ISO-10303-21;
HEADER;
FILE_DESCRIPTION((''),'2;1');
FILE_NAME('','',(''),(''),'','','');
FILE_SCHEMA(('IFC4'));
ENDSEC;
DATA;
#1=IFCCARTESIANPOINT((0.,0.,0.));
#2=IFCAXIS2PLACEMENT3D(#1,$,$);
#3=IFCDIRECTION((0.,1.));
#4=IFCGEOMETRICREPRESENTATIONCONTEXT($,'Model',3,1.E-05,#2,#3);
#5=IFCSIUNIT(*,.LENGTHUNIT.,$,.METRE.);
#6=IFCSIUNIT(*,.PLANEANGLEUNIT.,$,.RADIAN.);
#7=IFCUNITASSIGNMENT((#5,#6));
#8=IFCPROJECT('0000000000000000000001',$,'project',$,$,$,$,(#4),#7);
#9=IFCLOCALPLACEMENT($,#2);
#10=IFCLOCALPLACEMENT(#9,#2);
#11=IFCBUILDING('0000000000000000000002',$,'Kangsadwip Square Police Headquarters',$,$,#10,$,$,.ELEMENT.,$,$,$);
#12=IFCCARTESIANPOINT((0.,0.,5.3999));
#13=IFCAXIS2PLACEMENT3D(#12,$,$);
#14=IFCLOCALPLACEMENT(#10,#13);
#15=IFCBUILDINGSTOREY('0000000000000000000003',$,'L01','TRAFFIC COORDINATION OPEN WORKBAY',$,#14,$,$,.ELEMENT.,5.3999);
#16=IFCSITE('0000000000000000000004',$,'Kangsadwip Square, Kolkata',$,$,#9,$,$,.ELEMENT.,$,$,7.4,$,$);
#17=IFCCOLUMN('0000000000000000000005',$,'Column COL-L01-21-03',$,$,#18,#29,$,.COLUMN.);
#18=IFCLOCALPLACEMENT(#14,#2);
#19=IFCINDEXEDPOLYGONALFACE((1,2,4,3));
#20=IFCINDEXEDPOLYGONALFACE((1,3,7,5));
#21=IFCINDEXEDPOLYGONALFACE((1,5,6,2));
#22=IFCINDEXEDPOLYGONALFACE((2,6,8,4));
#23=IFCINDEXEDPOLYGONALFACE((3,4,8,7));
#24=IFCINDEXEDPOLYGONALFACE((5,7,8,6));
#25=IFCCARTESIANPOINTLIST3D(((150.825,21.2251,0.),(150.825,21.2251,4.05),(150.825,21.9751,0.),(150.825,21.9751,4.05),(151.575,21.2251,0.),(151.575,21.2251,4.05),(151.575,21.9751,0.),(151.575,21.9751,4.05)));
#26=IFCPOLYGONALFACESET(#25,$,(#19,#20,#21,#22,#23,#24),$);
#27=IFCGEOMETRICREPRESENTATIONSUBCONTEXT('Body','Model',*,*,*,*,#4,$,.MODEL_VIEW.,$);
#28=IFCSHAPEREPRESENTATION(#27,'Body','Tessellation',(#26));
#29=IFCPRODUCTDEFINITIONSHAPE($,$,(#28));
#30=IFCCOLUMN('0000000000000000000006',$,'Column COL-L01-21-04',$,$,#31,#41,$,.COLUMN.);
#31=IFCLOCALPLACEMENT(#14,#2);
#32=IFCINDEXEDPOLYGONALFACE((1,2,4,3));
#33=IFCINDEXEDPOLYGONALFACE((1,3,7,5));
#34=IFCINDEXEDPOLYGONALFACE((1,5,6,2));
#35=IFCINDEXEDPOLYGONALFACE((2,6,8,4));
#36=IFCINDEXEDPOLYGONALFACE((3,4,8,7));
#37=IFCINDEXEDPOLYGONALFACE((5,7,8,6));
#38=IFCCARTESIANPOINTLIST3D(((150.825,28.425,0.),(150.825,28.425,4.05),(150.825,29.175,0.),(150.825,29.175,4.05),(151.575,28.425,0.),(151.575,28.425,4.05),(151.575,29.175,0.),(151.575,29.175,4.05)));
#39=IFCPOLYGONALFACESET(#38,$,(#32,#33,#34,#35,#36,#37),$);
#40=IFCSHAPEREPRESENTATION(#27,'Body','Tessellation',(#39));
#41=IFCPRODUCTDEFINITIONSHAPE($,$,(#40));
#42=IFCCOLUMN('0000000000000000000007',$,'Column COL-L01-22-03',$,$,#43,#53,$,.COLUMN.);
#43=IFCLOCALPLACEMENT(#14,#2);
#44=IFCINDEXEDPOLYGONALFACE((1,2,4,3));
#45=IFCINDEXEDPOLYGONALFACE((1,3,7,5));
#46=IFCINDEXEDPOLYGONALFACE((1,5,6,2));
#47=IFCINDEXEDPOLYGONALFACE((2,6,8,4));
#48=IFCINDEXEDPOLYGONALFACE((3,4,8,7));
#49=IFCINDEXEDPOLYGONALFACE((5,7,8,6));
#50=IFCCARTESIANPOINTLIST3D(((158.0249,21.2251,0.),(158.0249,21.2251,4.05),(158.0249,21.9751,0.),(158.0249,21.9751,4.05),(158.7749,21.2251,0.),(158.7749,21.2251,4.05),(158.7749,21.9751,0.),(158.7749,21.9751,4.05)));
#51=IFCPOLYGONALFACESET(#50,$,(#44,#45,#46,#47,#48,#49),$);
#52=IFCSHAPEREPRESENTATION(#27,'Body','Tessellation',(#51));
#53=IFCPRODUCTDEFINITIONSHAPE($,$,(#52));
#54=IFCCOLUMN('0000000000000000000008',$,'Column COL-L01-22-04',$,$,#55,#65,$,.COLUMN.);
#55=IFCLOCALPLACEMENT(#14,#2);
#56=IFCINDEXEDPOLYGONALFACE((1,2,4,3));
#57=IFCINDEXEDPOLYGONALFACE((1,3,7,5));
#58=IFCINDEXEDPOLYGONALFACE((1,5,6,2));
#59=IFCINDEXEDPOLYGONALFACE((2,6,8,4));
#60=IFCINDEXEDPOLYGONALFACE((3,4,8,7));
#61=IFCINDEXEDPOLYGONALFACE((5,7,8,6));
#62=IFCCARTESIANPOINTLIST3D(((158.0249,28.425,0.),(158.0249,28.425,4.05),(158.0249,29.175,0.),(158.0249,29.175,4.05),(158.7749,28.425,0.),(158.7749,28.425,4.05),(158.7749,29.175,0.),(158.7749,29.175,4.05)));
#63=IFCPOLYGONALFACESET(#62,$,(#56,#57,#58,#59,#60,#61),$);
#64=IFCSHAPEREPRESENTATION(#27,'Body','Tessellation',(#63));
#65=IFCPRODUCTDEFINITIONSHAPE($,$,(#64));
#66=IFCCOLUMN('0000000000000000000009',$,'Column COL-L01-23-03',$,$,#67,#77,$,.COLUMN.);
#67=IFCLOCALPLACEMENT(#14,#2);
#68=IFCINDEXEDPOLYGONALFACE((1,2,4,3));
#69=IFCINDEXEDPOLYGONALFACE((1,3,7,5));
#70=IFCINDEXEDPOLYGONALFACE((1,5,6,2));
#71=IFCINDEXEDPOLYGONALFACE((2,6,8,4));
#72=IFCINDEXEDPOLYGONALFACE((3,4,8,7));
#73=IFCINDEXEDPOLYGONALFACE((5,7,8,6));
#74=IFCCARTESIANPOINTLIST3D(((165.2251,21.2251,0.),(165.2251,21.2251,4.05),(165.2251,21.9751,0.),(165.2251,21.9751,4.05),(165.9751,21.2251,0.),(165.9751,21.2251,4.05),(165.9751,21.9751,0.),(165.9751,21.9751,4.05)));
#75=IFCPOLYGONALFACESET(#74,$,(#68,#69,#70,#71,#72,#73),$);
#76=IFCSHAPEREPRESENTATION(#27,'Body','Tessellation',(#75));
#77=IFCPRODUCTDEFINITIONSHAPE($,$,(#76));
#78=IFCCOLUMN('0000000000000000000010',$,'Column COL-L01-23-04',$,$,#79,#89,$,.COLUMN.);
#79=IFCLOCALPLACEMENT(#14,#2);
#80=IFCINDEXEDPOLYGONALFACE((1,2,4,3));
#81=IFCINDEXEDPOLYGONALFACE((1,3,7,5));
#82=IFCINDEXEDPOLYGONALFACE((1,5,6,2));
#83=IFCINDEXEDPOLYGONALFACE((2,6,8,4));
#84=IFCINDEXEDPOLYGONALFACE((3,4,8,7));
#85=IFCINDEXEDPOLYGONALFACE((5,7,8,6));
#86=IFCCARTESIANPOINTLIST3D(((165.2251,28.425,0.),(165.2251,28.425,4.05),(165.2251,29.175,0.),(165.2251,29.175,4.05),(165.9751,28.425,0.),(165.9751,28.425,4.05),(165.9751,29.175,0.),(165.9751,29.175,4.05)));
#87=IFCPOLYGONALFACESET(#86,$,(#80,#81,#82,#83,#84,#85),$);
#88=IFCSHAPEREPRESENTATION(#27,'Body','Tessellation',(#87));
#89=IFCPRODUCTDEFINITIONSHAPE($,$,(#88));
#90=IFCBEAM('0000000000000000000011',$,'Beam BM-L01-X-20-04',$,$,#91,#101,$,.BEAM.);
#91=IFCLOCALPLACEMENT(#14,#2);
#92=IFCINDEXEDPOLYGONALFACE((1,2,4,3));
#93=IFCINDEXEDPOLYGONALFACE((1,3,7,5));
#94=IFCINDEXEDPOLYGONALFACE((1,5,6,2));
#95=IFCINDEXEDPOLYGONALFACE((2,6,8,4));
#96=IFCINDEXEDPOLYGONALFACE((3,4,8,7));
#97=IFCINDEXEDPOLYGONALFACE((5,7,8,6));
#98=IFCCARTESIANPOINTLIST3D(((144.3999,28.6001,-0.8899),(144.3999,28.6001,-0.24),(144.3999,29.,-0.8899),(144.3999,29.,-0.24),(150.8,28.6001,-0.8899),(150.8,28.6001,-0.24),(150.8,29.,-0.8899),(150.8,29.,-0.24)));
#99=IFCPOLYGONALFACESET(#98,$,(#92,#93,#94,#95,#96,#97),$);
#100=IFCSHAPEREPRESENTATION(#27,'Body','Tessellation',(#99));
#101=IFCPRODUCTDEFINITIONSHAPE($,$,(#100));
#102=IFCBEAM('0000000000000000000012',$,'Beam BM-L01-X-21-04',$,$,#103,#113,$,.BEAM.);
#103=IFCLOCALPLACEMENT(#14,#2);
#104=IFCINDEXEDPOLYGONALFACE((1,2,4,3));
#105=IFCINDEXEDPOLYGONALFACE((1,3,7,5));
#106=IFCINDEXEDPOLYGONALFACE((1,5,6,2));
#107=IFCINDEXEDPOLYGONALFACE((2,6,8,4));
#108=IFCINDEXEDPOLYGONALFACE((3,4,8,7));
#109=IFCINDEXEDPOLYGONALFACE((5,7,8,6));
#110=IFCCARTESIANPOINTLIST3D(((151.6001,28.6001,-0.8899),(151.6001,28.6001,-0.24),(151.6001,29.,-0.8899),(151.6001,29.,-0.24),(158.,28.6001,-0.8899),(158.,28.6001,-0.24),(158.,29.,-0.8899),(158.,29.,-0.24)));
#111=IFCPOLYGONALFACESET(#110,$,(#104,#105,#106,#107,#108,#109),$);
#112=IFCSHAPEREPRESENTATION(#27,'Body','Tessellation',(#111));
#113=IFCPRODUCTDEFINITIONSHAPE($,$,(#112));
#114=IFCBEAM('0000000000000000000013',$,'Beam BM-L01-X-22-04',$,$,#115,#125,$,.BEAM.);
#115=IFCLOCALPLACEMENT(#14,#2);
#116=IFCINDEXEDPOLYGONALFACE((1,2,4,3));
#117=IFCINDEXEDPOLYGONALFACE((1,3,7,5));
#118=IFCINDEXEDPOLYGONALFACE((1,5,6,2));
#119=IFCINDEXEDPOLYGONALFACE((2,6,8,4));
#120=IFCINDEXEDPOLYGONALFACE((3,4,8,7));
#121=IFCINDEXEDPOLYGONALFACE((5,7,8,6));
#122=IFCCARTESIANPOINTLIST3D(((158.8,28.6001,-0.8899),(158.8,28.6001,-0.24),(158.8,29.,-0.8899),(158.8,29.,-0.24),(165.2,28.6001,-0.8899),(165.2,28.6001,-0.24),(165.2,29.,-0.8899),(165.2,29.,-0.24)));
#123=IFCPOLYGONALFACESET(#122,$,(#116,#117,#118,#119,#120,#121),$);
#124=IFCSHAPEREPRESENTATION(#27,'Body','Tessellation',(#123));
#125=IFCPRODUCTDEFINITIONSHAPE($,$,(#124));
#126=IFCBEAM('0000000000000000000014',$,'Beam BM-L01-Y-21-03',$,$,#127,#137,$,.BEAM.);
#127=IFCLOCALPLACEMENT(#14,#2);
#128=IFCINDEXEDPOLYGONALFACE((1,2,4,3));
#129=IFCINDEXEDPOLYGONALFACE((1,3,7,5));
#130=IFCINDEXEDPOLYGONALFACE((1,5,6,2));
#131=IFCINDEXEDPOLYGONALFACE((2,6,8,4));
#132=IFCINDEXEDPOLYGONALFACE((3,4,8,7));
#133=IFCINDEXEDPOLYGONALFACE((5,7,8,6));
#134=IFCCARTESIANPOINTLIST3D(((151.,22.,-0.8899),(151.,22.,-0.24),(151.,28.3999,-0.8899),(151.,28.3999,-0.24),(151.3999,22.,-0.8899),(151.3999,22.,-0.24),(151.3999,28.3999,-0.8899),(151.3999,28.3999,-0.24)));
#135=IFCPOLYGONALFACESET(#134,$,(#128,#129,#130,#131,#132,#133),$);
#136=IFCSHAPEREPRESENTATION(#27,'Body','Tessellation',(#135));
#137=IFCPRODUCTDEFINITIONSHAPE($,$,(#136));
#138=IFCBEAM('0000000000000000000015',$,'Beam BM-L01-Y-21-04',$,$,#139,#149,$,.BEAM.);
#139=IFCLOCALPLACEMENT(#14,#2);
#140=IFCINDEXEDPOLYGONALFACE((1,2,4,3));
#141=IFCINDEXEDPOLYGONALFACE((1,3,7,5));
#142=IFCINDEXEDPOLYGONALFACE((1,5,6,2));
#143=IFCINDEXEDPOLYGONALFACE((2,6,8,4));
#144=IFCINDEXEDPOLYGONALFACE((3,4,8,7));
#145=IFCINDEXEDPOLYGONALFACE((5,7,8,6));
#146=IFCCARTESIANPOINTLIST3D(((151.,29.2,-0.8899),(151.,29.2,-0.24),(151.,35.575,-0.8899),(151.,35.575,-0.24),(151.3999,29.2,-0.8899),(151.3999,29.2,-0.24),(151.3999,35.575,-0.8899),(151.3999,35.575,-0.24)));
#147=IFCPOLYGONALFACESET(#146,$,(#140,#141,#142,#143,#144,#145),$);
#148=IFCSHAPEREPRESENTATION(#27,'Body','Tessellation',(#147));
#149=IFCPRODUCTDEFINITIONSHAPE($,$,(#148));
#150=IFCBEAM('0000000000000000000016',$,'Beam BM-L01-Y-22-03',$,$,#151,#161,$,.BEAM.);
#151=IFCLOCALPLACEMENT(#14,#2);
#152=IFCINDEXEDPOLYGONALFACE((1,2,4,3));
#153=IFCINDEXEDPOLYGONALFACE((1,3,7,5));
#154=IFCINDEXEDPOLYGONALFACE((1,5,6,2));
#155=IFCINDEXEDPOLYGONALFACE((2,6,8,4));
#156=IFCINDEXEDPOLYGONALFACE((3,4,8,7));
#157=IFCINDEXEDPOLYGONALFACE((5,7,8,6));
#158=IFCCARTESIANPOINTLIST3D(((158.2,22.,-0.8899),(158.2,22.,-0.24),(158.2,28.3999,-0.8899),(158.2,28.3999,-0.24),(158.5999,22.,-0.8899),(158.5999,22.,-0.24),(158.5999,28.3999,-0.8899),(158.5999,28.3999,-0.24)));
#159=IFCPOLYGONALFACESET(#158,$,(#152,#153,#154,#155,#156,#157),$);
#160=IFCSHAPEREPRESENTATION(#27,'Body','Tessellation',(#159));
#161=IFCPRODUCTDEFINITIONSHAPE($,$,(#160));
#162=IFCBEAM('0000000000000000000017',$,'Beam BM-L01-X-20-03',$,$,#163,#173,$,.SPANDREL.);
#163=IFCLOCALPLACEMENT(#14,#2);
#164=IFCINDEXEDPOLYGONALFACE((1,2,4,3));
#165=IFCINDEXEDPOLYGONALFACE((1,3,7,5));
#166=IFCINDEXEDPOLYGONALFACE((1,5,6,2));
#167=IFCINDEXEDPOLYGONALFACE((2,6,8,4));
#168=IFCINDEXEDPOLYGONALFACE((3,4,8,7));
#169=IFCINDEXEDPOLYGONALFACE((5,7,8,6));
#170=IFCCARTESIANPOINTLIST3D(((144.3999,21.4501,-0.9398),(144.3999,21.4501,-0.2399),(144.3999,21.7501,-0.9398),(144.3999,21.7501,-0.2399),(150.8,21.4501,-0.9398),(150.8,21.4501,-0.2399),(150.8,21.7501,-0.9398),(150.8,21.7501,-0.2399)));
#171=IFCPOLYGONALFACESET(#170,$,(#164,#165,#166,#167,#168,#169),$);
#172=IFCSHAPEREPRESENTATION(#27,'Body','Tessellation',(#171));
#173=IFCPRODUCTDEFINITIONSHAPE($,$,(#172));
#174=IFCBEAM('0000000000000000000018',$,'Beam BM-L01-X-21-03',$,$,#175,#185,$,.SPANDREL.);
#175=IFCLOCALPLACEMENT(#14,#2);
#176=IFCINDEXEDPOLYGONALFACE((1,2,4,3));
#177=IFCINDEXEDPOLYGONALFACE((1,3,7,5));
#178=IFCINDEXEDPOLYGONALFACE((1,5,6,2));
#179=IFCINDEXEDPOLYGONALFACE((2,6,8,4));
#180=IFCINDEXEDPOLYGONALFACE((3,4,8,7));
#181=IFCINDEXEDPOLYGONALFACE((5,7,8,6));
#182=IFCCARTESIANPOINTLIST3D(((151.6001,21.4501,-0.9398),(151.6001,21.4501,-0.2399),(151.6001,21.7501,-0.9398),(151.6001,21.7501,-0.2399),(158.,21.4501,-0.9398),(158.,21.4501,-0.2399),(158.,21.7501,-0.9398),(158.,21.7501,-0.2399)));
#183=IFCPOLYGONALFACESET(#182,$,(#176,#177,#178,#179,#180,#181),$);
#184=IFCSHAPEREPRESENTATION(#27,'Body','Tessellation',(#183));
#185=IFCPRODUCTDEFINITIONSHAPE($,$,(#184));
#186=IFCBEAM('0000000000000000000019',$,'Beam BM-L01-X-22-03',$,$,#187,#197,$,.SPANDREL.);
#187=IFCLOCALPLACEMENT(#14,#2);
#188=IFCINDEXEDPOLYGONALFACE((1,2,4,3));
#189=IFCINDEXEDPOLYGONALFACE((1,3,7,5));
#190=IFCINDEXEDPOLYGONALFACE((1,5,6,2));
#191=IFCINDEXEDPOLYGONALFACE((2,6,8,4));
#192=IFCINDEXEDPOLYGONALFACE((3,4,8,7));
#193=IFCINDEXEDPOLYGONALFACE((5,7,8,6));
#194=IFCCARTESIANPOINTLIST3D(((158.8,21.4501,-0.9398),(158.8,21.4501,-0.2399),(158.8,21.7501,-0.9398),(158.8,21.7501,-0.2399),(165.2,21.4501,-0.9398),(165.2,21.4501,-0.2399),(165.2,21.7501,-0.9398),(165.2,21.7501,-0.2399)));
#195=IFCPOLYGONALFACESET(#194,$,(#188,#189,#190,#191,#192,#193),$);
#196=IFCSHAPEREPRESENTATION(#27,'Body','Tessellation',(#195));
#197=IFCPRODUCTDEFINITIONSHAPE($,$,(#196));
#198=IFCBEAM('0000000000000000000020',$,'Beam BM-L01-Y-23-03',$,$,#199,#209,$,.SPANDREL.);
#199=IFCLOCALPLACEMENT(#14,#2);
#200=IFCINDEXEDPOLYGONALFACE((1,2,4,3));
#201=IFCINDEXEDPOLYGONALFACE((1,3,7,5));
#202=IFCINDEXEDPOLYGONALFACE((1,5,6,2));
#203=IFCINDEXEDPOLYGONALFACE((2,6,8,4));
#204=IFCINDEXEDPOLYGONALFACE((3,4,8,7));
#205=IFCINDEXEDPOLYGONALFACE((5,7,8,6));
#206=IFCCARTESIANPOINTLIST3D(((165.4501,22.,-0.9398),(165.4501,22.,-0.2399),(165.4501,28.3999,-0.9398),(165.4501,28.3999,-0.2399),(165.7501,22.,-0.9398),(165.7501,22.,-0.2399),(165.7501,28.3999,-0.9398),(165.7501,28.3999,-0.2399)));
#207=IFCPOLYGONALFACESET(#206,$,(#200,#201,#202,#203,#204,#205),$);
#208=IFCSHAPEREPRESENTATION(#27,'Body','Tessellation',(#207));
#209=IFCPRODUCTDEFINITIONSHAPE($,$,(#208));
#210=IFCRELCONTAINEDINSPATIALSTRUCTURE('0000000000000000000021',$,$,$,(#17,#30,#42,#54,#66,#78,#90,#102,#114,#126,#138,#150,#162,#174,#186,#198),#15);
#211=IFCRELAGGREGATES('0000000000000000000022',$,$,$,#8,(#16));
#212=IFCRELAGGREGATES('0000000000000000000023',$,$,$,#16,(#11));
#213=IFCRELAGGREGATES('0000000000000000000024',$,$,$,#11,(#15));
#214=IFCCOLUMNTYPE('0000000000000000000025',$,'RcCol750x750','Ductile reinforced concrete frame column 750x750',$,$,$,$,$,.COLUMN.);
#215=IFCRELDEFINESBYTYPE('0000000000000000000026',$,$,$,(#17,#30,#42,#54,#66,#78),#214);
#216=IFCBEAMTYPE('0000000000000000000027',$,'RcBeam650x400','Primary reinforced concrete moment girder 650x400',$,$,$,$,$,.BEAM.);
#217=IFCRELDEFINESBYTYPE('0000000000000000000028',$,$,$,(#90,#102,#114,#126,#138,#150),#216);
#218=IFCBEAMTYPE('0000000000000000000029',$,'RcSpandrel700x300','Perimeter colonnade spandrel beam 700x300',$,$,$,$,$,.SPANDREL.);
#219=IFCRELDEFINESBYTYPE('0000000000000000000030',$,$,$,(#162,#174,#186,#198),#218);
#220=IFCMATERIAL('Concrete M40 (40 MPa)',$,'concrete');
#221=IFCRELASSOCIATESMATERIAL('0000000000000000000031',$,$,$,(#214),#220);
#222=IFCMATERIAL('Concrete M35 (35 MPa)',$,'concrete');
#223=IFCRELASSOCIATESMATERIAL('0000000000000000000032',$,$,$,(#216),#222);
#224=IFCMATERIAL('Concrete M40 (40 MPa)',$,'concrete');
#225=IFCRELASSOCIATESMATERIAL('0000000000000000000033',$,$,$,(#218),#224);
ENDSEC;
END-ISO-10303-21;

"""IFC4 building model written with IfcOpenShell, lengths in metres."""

from ifc_helpers import new_model, si_unit, direction, frame, origin, origin_2d, place, context, subcontext, project, spatial, rectangle, extrude, material, material_profile, profile_set, type_object, element, save


model = new_model("IFC4")

# Units and contexts
model_context = context("Model", 3, precision=1e-05, world=origin(), true_north=direction((0.0, 1.0)))
body_context = subcontext(model_context, "Body", "Model", "MODEL_VIEW")
ifc_project = project(units=[si_unit("LENGTHUNIT", "METRE"), si_unit("PLANEANGLEUNIT", "RADIAN")], contexts=[model_context])

# Site, building, storey
site_placement = place(None, origin())
site = spatial("IfcSite", under=ifc_project, at=site_placement, Name="Kangsadwip Square, Kolkata", CompositionType="ELEMENT", RefElevation=7.4)
building_placement = place(site_placement, origin())
building = spatial("IfcBuilding", under=site, at=building_placement, Name="Kangsadwip Square Police Headquarters", CompositionType="ELEMENT")
storey_placement = place(building_placement, frame((0.0, 0.0, 5.3999)))
storey = spatial("IfcBuildingStorey", under=building, at=storey_placement, Name="L01", Description="TRAFFIC COORDINATION OPEN WORKBAY", CompositionType="ELEMENT", Elevation=5.3999)

# Columns
ifc_material_1 = material(Name="Concrete M40 (40 MPa)", Category="concrete")
ifc_material_profile_1 = material_profile(ifc_material_1, rectangle(XDim=0.75, YDim=0.75, at=origin_2d()), Name="RC COL 750X750")
ifc_profile_set_1 = profile_set([ifc_material_profile_1], Name="Concrete M40 (40 MPa)")
column_type = type_object("IfcColumnType", Name="RcCol750x750", Description="Ductile reinforced concrete frame column 750x750", PredefinedType="COLUMN", material=ifc_profile_set_1)
for number, where, z_axis, x_axis, name in (
    (1, (151.2, 21.6001, 0.0), (0.0, 0.0, 1.0), (1.0, 0.0, 0.0), "Column COL-L01-21-03"),
    (2, (151.2, 28.8, 0.0), (0.0, 0.0, 1.0), (1.0, 0.0, 0.0), "Column COL-L01-21-04"),
    (3, (158.3999, 21.6001, 0.0), (0.0, 0.0, 1.0), (1.0, 0.0, 0.0), "Column COL-L01-22-03"),
    (4, (158.3999, 28.8, 0.0), (0.0, 0.0, 1.0), (1.0, 0.0, 0.0), "Column COL-L01-22-04"),
    (5, (165.6001, 21.6001, 0.0), (0.0, 0.0, 1.0), (1.0, 0.0, 0.0), "Column COL-L01-23-03"),
    (6, (165.6001, 28.8, 0.0), (0.0, 0.0, 1.0), (1.0, 0.0, 0.0), "Column COL-L01-23-04"),
):
    element("IfcColumn", number, at=place(storey_placement, frame(where, z_axis=z_axis, x_axis=x_axis)), inside=storey, type_object=column_type, Name=name, PredefinedType="COLUMN", context=body_context, shape_type="SweptSolid", body=[
        extrude(rectangle(XDim=0.75, YDim=0.75, at=origin_2d()), origin(), (0.0, 0.0, 1.0), 4.05),
    ])

# Beams
ifc_material_2 = material(Name="Concrete M35 (35 MPa)", Category="concrete")
ifc_material_profile_2 = material_profile(ifc_material_2, rectangle(XDim=0.3999, YDim=0.6499, at=origin_2d()), Name="RC BM 650X400")
ifc_profile_set_2 = profile_set([ifc_material_profile_2], Name="Concrete M35 (35 MPa)")
beam_type_1 = type_object("IfcBeamType", Name="RcBeam650x400", Description="Primary reinforced concrete moment girder 650x400", PredefinedType="BEAM", material=ifc_profile_set_2)
beam_1_placement = place(storey_placement, frame((144.3999, 28.8, -0.5649), z_axis=(1.0, 0.0, 0.0), x_axis=(0.0, 1.0, 0.0)))
element("IfcBeam", 7, at=beam_1_placement, inside=storey, type_object=beam_type_1, Name="Beam BM-L01-X-20-04", PredefinedType="BEAM", context=body_context, shape_type="SweptSolid", body=[
    extrude(rectangle(XDim=0.3999, YDim=0.6499, at=origin_2d()), origin(), (0.0, 0.0, 1.0), 6.4001),
])
for number, where, z_axis, x_axis, name in (
    (8, (151.6001, 28.8, -0.5649), (1.0, 0.0, 0.0), (0.0, 1.0, 0.0), "Beam BM-L01-X-21-04"),
    (9, (158.8, 28.8, -0.5649), (1.0, 0.0, 0.0), (0.0, 1.0, 0.0), "Beam BM-L01-X-22-04"),
    (10, (151.2, 22.0, -0.5649), (0.0, 1.0, 0.0), (-1.0, 0.0, 0.0), "Beam BM-L01-Y-21-03"),
):
    element("IfcBeam", number, at=place(storey_placement, frame(where, z_axis=z_axis, x_axis=x_axis)), inside=storey, type_object=beam_type_1, Name=name, PredefinedType="BEAM", context=body_context, shape_type="SweptSolid", body=[
        extrude(rectangle(XDim=0.3999, YDim=0.6499, at=origin_2d()), origin(), (0.0, 0.0, 1.0), 6.3999),
    ])
beam_2_placement = place(storey_placement, frame((151.2, 29.2, -0.5649), z_axis=(0.0, 1.0, 0.0), x_axis=(-1.0, 0.0, 0.0)))
element("IfcBeam", 11, at=beam_2_placement, inside=storey, type_object=beam_type_1, Name="Beam BM-L01-Y-21-04", PredefinedType="BEAM", context=body_context, shape_type="SweptSolid", body=[
    extrude(rectangle(XDim=0.3999, YDim=0.6499, at=origin_2d()), origin(), (0.0, 0.0, 1.0), 6.375),
])
beam_3_placement = place(storey_placement, frame((158.3999, 22.0, -0.5649), z_axis=(0.0, 1.0, 0.0), x_axis=(-1.0, 0.0, 0.0)))
element("IfcBeam", 12, at=beam_3_placement, inside=storey, type_object=beam_type_1, Name="Beam BM-L01-Y-22-03", PredefinedType="BEAM", context=body_context, shape_type="SweptSolid", body=[
    extrude(rectangle(XDim=0.3999, YDim=0.6499, at=origin_2d()), origin(), (0.0, 0.0, 1.0), 6.3999),
])
ifc_material_3 = material(Name="Concrete M40 (40 MPa)", Category="concrete")
ifc_material_profile_3 = material_profile(ifc_material_3, rectangle(XDim=0.3, YDim=0.7, at=origin_2d()), Name="RC SPN 700X300")
ifc_profile_set_3 = profile_set([ifc_material_profile_3], Name="Concrete M40 (40 MPa)")
beam_type_2 = type_object("IfcBeamType", Name="RcSpandrel700x300", Description="Perimeter colonnade spandrel beam 700x300", PredefinedType="SPANDREL", material=ifc_profile_set_3)
beam_4_placement = place(storey_placement, frame((144.3999, 21.6001, -0.5898), z_axis=(1.0, 0.0, 0.0), x_axis=(0.0, 1.0, 0.0)))
element("IfcBeam", 13, at=beam_4_placement, inside=storey, type_object=beam_type_2, Name="Beam BM-L01-X-20-03", PredefinedType="SPANDREL", context=body_context, shape_type="SweptSolid", body=[
    extrude(rectangle(XDim=0.3, YDim=0.7, at=origin_2d()), origin(), (0.0, 0.0, 1.0), 6.4001),
])
for number, where, z_axis, x_axis, name in (
    (14, (151.6001, 21.6001, -0.5898), (1.0, 0.0, 0.0), (0.0, 1.0, 0.0), "Beam BM-L01-X-21-03"),
    (15, (158.8, 21.6001, -0.5898), (1.0, 0.0, 0.0), (0.0, 1.0, 0.0), "Beam BM-L01-X-22-03"),
    (16, (165.6001, 22.0, -0.5898), (0.0, 1.0, 0.0), (-1.0, 0.0, 0.0), "Beam BM-L01-Y-23-03"),
):
    element("IfcBeam", number, at=place(storey_placement, frame(where, z_axis=z_axis, x_axis=x_axis)), inside=storey, type_object=beam_type_2, Name=name, PredefinedType="SPANDREL", context=body_context, shape_type="SweptSolid", body=[
        extrude(rectangle(XDim=0.3, YDim=0.7, at=origin_2d()), origin(), (0.0, 0.0, 1.0), 6.3999),
    ])

save(model, "model.ifc")
